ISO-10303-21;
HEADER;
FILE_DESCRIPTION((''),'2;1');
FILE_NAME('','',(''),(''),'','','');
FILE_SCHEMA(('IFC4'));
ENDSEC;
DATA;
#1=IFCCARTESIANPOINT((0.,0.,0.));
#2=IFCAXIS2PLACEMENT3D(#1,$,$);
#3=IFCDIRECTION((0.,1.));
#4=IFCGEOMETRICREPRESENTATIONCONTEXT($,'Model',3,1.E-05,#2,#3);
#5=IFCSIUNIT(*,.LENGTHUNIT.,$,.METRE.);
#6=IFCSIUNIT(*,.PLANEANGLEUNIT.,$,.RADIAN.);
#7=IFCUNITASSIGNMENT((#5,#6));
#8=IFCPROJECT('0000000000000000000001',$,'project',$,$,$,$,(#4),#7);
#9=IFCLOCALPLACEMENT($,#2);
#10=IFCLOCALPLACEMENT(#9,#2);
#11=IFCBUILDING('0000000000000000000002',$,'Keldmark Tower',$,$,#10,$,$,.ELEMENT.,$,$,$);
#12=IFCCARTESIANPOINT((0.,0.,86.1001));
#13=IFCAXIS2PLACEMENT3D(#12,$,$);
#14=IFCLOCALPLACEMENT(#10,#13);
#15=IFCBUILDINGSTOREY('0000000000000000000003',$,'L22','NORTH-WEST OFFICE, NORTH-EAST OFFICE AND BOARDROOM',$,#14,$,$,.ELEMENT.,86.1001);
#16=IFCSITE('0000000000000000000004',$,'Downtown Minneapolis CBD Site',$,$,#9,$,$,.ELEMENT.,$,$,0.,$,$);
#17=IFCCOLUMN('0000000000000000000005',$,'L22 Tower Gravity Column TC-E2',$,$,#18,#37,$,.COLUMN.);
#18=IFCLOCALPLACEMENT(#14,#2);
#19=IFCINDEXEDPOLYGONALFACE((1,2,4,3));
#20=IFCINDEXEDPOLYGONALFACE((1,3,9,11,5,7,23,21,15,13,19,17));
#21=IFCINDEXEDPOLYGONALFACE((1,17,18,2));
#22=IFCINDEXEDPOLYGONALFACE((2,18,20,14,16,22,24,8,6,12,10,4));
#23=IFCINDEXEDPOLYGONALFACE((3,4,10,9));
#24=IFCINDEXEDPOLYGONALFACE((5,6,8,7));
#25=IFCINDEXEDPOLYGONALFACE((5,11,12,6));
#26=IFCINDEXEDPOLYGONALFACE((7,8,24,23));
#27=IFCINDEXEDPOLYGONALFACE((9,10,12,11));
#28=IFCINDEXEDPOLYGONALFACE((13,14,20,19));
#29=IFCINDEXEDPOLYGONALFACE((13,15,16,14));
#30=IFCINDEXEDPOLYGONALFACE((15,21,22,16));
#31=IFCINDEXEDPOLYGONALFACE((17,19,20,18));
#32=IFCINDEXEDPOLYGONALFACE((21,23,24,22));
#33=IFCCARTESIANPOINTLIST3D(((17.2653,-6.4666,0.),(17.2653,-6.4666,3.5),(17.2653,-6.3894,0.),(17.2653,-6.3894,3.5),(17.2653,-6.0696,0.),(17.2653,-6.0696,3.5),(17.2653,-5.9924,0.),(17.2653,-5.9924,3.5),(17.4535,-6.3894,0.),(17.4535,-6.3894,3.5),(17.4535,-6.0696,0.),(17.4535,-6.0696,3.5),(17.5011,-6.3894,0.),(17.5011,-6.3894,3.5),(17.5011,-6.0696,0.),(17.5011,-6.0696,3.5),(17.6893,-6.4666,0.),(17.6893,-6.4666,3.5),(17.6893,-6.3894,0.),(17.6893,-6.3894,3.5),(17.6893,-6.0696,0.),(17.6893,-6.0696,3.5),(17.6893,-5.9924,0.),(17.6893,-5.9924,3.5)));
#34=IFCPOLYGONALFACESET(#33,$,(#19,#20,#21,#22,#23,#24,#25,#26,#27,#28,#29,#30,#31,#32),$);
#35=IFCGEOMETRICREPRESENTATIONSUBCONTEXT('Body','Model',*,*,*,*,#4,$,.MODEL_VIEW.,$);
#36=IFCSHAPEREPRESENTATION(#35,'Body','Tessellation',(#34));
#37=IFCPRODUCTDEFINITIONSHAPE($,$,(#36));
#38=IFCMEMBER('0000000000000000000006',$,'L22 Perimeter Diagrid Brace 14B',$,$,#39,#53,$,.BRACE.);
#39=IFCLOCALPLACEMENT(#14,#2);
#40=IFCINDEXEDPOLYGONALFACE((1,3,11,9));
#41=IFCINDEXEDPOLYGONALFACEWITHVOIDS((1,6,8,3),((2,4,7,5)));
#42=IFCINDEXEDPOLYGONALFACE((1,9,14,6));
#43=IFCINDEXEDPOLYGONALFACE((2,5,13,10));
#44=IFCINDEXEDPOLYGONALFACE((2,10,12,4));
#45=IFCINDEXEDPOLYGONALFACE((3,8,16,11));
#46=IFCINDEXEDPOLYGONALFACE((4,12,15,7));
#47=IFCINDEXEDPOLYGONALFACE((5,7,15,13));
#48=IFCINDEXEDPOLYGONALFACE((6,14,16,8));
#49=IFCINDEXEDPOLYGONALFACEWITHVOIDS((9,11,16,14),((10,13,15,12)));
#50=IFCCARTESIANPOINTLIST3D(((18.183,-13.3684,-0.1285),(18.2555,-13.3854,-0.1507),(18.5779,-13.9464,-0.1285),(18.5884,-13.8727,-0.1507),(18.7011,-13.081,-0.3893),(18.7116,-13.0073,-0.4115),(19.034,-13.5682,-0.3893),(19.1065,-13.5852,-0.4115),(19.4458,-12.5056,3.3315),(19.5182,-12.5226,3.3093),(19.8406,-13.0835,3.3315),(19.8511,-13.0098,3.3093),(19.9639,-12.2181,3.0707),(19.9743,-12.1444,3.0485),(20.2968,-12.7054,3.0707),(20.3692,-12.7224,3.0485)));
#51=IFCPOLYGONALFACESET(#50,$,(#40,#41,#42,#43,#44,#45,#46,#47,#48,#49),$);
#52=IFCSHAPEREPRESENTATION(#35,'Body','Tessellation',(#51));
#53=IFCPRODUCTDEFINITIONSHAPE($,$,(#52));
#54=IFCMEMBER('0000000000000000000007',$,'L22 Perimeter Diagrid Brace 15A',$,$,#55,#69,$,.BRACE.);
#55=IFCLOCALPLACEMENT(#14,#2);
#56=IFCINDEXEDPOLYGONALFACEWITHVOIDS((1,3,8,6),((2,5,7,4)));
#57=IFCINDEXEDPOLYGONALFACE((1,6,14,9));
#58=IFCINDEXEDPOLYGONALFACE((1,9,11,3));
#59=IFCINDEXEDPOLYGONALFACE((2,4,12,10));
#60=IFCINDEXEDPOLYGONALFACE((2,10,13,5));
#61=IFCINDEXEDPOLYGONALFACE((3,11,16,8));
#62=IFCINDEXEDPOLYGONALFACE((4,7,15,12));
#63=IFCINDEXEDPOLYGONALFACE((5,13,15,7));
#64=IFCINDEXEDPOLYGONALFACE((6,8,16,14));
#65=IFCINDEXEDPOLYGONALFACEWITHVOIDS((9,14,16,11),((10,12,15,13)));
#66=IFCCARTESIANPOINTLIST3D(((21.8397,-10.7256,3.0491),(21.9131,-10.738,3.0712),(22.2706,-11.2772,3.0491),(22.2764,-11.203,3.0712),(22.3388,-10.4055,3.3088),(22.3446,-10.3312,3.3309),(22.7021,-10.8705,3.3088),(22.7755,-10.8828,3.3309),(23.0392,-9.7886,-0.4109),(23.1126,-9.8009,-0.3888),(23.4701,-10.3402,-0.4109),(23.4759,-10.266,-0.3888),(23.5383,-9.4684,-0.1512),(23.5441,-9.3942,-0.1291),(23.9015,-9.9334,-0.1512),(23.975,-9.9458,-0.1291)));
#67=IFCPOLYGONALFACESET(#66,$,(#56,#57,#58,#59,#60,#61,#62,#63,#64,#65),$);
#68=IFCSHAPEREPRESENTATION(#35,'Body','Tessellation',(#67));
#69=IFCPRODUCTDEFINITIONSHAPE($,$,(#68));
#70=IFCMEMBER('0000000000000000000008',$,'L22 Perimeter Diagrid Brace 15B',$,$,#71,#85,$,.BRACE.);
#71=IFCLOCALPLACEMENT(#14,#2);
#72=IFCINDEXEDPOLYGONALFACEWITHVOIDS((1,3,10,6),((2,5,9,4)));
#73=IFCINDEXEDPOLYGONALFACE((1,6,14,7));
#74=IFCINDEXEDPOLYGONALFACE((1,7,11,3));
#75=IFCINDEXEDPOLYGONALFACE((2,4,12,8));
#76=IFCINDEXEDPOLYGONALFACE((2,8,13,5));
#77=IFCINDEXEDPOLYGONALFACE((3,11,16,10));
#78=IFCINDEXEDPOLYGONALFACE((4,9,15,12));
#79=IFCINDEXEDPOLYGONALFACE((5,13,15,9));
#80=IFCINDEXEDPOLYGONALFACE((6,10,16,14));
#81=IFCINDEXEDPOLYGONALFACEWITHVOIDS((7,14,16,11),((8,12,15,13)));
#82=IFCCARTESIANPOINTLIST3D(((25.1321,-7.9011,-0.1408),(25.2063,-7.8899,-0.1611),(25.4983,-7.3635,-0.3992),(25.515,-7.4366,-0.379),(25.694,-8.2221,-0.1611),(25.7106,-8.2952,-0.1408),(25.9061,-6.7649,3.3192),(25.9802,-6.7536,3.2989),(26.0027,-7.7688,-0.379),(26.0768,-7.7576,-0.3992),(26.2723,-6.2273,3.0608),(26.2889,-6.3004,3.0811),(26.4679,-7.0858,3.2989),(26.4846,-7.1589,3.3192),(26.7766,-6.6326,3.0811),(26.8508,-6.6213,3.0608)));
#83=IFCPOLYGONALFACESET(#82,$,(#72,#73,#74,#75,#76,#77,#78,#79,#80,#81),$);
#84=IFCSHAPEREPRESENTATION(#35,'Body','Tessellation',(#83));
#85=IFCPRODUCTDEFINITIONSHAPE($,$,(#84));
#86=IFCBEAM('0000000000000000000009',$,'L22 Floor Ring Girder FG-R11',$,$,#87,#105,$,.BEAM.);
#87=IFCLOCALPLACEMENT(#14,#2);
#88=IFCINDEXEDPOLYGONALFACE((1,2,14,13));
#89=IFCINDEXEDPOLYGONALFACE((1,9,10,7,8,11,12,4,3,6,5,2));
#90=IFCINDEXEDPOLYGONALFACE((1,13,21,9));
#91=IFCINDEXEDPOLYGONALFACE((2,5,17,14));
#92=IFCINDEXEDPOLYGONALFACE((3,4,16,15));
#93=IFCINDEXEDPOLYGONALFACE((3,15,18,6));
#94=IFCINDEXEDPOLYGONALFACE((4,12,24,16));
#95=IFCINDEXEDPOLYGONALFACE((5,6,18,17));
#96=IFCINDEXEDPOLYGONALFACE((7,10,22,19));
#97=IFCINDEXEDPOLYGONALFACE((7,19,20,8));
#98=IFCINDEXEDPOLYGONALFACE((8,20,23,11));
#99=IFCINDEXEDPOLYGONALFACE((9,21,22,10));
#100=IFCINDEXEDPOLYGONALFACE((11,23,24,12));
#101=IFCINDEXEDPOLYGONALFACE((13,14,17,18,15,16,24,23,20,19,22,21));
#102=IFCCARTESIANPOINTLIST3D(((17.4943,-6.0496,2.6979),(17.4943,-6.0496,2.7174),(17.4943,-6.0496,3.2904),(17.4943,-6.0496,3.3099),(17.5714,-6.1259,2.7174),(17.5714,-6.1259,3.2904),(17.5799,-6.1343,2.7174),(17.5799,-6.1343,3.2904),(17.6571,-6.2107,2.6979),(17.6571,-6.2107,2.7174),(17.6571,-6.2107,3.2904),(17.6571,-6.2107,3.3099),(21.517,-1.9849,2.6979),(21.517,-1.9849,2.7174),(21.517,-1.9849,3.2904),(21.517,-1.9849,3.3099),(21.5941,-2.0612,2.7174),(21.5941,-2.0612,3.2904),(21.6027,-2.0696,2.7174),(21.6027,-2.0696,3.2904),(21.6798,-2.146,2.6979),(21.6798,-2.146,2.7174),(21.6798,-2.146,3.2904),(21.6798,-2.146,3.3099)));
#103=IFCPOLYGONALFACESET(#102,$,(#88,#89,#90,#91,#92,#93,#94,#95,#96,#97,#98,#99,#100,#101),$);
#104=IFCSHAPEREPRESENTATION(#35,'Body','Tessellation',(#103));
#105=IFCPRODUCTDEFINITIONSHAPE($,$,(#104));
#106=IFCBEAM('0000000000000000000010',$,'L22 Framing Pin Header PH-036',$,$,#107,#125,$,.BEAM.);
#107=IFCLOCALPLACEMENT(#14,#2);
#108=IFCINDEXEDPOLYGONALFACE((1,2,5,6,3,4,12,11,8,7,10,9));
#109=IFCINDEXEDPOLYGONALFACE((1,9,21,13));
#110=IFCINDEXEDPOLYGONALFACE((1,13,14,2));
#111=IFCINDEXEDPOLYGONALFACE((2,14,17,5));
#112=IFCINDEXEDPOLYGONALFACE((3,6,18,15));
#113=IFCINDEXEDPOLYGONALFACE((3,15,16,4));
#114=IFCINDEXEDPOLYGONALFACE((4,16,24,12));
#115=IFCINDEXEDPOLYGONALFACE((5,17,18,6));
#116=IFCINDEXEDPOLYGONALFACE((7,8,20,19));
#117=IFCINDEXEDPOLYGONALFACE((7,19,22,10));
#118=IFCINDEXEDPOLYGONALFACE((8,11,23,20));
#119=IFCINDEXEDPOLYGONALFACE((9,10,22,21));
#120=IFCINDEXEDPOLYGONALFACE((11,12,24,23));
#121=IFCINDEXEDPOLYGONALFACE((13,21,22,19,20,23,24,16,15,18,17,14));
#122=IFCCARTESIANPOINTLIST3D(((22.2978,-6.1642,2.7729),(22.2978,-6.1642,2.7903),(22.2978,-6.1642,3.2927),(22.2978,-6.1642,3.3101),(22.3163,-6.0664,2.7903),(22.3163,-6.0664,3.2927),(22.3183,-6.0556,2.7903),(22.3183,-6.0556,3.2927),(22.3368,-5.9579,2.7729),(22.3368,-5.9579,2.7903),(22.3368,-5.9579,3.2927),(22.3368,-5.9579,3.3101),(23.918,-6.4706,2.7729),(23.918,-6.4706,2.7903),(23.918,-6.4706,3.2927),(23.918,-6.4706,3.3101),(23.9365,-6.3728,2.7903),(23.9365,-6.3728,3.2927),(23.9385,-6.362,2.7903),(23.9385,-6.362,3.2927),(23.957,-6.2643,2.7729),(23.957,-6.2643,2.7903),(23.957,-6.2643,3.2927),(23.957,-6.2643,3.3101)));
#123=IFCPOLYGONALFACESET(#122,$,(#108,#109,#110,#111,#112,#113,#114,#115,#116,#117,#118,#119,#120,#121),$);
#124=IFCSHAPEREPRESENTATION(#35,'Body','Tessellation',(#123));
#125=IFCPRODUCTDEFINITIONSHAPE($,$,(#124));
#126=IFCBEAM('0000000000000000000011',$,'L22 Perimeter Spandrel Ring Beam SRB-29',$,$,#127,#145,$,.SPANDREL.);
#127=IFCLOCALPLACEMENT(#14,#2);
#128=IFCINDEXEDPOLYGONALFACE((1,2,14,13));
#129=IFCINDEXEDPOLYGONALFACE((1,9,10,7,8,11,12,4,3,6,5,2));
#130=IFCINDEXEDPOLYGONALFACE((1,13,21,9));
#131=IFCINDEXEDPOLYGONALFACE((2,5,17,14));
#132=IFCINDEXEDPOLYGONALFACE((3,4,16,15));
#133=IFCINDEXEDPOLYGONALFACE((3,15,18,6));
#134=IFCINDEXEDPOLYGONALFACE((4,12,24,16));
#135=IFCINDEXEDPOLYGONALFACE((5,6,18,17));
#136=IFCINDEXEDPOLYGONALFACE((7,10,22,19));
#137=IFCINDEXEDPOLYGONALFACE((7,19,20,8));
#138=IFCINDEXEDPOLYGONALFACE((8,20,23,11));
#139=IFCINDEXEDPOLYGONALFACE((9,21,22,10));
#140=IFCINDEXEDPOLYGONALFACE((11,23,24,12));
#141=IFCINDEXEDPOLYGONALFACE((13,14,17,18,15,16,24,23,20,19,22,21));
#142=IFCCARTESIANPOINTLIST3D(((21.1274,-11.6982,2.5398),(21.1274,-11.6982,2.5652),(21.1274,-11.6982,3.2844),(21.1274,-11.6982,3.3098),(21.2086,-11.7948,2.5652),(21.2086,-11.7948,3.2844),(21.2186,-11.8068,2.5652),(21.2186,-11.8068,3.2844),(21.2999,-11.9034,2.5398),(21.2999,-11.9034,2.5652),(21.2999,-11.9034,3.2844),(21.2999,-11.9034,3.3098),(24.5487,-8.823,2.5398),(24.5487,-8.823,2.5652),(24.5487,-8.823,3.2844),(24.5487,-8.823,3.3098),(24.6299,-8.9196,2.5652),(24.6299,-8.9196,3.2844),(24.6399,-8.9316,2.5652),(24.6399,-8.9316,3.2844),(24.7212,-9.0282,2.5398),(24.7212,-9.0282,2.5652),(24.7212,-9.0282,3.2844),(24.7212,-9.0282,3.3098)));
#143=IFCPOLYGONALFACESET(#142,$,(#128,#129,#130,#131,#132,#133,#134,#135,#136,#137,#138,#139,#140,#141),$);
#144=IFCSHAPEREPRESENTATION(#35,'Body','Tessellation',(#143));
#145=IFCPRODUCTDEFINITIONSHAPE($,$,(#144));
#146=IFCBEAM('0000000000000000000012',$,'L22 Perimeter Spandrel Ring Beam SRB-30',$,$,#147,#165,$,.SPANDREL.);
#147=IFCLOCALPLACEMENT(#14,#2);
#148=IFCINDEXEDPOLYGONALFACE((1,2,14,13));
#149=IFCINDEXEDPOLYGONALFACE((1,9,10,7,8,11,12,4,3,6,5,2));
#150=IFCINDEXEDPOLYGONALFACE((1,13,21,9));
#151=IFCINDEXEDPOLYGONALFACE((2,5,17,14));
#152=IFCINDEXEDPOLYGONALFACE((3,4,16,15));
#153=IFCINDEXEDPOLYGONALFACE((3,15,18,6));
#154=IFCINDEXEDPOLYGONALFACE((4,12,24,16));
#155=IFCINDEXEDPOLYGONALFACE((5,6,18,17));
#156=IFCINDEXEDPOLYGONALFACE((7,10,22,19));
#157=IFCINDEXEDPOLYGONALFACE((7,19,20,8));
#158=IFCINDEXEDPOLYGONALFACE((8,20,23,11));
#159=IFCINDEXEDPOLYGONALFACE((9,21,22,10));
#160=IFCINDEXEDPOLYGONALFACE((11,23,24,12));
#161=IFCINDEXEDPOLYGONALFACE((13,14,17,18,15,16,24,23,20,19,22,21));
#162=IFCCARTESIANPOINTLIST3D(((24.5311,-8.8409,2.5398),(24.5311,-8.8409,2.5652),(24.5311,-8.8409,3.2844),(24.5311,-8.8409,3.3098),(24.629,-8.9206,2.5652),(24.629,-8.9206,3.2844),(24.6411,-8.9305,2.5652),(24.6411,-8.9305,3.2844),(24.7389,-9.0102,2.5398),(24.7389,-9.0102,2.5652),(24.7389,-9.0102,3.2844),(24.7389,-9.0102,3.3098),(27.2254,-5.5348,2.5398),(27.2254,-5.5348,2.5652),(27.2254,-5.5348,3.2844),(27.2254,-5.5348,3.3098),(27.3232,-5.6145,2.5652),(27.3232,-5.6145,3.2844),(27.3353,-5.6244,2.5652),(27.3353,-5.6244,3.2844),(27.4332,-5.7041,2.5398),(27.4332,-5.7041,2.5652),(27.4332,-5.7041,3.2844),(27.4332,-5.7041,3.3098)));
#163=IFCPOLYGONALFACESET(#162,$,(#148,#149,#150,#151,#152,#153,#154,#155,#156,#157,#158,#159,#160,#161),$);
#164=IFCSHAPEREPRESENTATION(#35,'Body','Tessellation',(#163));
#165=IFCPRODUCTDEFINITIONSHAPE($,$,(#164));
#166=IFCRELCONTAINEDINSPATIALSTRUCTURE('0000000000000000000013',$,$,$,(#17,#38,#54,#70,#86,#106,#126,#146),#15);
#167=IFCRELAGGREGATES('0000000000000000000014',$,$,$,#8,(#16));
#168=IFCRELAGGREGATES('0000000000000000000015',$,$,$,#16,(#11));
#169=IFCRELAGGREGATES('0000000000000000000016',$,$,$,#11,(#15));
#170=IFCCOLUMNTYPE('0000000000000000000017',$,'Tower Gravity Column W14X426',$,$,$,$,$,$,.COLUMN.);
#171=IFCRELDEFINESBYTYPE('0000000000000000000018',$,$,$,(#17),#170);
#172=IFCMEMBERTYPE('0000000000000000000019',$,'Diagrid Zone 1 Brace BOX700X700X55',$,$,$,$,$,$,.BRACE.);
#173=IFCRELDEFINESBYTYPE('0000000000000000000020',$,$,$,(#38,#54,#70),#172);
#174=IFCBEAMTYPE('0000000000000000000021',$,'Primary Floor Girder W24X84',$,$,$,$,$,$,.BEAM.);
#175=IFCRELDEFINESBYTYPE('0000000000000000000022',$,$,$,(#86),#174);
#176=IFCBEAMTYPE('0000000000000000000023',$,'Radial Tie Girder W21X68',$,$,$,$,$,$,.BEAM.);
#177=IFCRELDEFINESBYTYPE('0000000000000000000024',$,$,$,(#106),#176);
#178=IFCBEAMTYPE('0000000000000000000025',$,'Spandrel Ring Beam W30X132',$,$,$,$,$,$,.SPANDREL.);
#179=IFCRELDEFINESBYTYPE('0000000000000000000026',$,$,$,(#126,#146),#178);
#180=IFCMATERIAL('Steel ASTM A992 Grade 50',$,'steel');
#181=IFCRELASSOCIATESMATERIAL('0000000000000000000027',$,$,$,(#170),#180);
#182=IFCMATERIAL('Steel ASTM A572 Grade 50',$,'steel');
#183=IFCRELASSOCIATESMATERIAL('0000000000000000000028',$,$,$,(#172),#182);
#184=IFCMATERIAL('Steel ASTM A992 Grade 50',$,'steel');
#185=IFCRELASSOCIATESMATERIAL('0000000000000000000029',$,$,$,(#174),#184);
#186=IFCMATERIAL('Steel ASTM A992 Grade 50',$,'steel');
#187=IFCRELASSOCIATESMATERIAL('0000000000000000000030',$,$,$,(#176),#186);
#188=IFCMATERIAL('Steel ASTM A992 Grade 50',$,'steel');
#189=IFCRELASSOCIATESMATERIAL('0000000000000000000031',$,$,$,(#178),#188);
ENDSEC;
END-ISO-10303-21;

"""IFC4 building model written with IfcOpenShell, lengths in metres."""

from ifc_helpers import new_model, si_unit, direction, frame, origin, origin_2d, place, context, subcontext, project, spatial, hollow_rectangle, i_section, extrude, material, material_profile, profile_set, type_object, element, save


model = new_model("IFC4")

# Units and contexts
model_context = context("Model", 3, precision=1e-05, world=origin(), true_north=direction((0.0, 1.0)))
body_context = subcontext(model_context, "Body", "Model", "MODEL_VIEW")
ifc_project = project(units=[si_unit("LENGTHUNIT", "METRE"), si_unit("PLANEANGLEUNIT", "RADIAN")], contexts=[model_context])

# Site, building, storey
site_placement = place(None, origin())
site = spatial("IfcSite", under=ifc_project, at=site_placement, Name="Downtown Minneapolis CBD Site", CompositionType="ELEMENT", RefElevation=0.0)
building_placement = place(site_placement, origin())
building = spatial("IfcBuilding", under=site, at=building_placement, Name="Keldmark Tower", CompositionType="ELEMENT")
storey_placement = place(building_placement, frame((0.0, 0.0, 86.1001)))
storey = spatial("IfcBuildingStorey", under=building, at=storey_placement, Name="L22", Description="NORTH-WEST OFFICE, NORTH-EAST OFFICE AND BOARDROOM", CompositionType="ELEMENT", Elevation=86.1001)

# Column
ifc_material_1 = material(Name="Steel ASTM A992 Grade 50", Category="steel")
ifc_material_profile_1 = material_profile(ifc_material_1, i_section(OverallWidth=0.4241, OverallDepth=0.4741, WebThickness=0.0476, FlangeThickness=0.0771, at=origin_2d()), Name="W14X426")
ifc_profile_set_1 = profile_set([ifc_material_profile_1], Name="Steel ASTM A992 Grade 50")
column_type = type_object("IfcColumnType", Name="Tower Gravity Column W14X426", PredefinedType="COLUMN", material=ifc_profile_set_1)
column_placement = place(storey_placement, frame((17.4773, -6.2295, 0.0), z_axis=(0.0, 0.0, 1.0), x_axis=(1.0, 0.0, 0.0)))
element("IfcColumn", 1, at=column_placement, inside=storey, type_object=column_type, Name="L22 Tower Gravity Column TC-E2", PredefinedType="COLUMN", context=body_context, shape_type="SweptSolid", body=[
    extrude(i_section(OverallWidth=0.4241, OverallDepth=0.4741, WebThickness=0.0476, FlangeThickness=0.0771, at=origin_2d()), origin(), (0.0, 0.0, 1.0), 3.5),
])

# Members
ifc_material_2 = material(Name="Steel ASTM A572 Grade 50", Category="steel")
ifc_material_profile_2 = material_profile(ifc_material_2, hollow_rectangle(XDim=0.7, YDim=0.7, WallThickness=0.0549, at=origin_2d()), Name="BOX700X700X55")
ifc_profile_set_2 = profile_set([ifc_material_profile_2], Name="Steel ASTM A572 Grade 50")
member_type = type_object("IfcMemberType", Name="Diagrid Zone 1 Brace BOX700X700X55", PredefinedType="BRACE", material=ifc_profile_set_2)
member_1_placement = place(storey_placement, frame((18.6448, -13.4768, -0.27), z_axis=(0.333793, 0.228079, 0.914638), x_axis=(-0.564169, 0.82566, 0.0)))
element("IfcMember", 2, at=member_1_placement, inside=storey, type_object=member_type, Name="L22 Perimeter Diagrid Brace 14B", PredefinedType="BRACE", context=body_context, shape_type="SweptSolid", body=[
    extrude(hollow_rectangle(XDim=0.7, YDim=0.7, WallThickness=0.0549, at=origin_2d()), origin(), (0.0, 0.0, 1.0), 3.783),
])
member_2_placement = place(storey_placement, frame((23.5071, -9.8672, -0.27), z_axis=(-0.317322, -0.24789, 0.915345), x_axis=(0.615616, -0.788046, 0.0)))
element("IfcMember", 3, at=member_2_placement, inside=storey, type_object=member_type, Name="L22 Perimeter Diagrid Brace 15A", PredefinedType="BRACE", context=body_context, shape_type="SweptSolid", body=[
    extrude(hollow_rectangle(XDim=0.7, YDim=0.7, WallThickness=0.0549, at=origin_2d()), origin(), (0.0, 0.0, 1.0), 3.78),
])
member_3_placement = place(storey_placement, frame((25.6045, -7.8293, -0.27), z_axis=(0.207873, 0.305186, 0.929328), x_axis=(-0.82649, 0.562951, 0.0)))
element("IfcMember", 4, at=member_3_placement, inside=storey, type_object=member_type, Name="L22 Perimeter Diagrid Brace 15B", PredefinedType="BRACE", context=body_context, shape_type="SweptSolid", body=[
    extrude(hollow_rectangle(XDim=0.7, YDim=0.7, WallThickness=0.0549, at=origin_2d()), origin(), (0.0, 0.0, 1.0), 3.7231),
])

# Beams
ifc_material_3 = material(Name="Steel ASTM A992 Grade 50", Category="steel")
ifc_material_profile_3 = material_profile(ifc_material_3, i_section(OverallWidth=0.229, OverallDepth=0.6121, WebThickness=0.012, FlangeThickness=0.0195, at=origin_2d()), Name="W24X84")
ifc_profile_set_3 = profile_set([ifc_material_profile_3], Name="Steel ASTM A992 Grade 50")
beam_type_1 = type_object("IfcBeamType", Name="Primary Floor Girder W24X84", PredefinedType="BEAM", material=ifc_profile_set_3)
beam_1_placement = place(storey_placement, frame((17.5757, -6.1301, 3.0039), z_axis=(0.703426, 0.710769, 0.0), x_axis=(-0.710769, 0.703426, 0.0)))
element("IfcBeam", 5, at=beam_1_placement, inside=storey, type_object=beam_type_1, Name="L22 Floor Ring Girder FG-R11", PredefinedType="BEAM", context=body_context, shape_type="SweptSolid", body=[
    extrude(i_section(OverallWidth=0.229, OverallDepth=0.6121, WebThickness=0.012, FlangeThickness=0.0195, at=origin_2d()), origin(), (0.0, 0.0, 1.0), 5.7188),
])
ifc_material_4 = material(Name="Steel ASTM A992 Grade 50", Category="steel")
ifc_material_profile_4 = material_profile(ifc_material_4, i_section(OverallWidth=0.21, OverallDepth=0.5371, WebThickness=0.011, FlangeThickness=0.0173, at=origin_2d()), Name="W21X68")
ifc_profile_set_4 = profile_set([ifc_material_profile_4], Name="Steel ASTM A992 Grade 50")
beam_type_2 = type_object("IfcBeamType", Name="Radial Tie Girder W21X68", PredefinedType="BEAM", material=ifc_profile_set_4)
beam_2_placement = place(storey_placement, frame((23.9375, -6.3674, 3.0415), z_axis=(-0.982583, 0.185826, 0.0), x_axis=(-0.185826, -0.982583, 0.0)))
element("IfcBeam", 6, at=beam_2_placement, inside=storey, type_object=beam_type_2, Name="L22 Framing Pin Header PH-036", PredefinedType="BEAM", context=body_context, shape_type="SweptSolid", body=[
    extrude(i_section(OverallWidth=0.21, OverallDepth=0.5371, WebThickness=0.011, FlangeThickness=0.0173, at=origin_2d()), origin(), (0.0, 0.0, 1.0), 1.6489),
])
ifc_material_5 = material(Name="Steel ASTM A992 Grade 50", Category="steel")
ifc_material_profile_5 = material_profile(ifc_material_5, i_section(OverallWidth=0.2681, OverallDepth=0.77, WebThickness=0.0156, FlangeThickness=0.0254, at=origin_2d()), Name="W30X132")
ifc_profile_set_5 = profile_set([ifc_material_profile_5], Name="Steel ASTM A992 Grade 50")
beam_type_3 = type_object("IfcBeamType", Name="Spandrel Ring Beam W30X132", PredefinedType="SPANDREL", material=ifc_profile_set_5)
beam_3_placement = place(storey_placement, frame((21.2136, -11.8008, 2.9248), z_axis=(0.765564, 0.64336, 0.0), x_axis=(-0.64336, 0.765564, 0.0)))
element("IfcBeam", 7, at=beam_3_placement, inside=storey, type_object=beam_type_3, Name="L22 Perimeter Spandrel Ring Beam SRB-29", PredefinedType="SPANDREL", context=body_context, shape_type="SweptSolid", body=[
    extrude(i_section(OverallWidth=0.2681, OverallDepth=0.77, WebThickness=0.0156, FlangeThickness=0.0254, at=origin_2d()), origin(), (0.0, 0.0, 1.0), 4.469),
])
beam_4_placement = place(storey_placement, frame((24.635, -8.9255, 2.9248), z_axis=(0.631734, 0.775185, 0.0), x_axis=(-0.775185, 0.631734, 0.0)))
element("IfcBeam", 8, at=beam_4_placement, inside=storey, type_object=beam_type_3, Name="L22 Perimeter Spandrel Ring Beam SRB-30", PredefinedType="SPANDREL", context=body_context, shape_type="SweptSolid", body=[
    extrude(i_section(OverallWidth=0.2681, OverallDepth=0.77, WebThickness=0.0156, FlangeThickness=0.0254, at=origin_2d()), origin(), (0.0, 0.0, 1.0), 4.2649),
])

save(model, "model.ifc")
